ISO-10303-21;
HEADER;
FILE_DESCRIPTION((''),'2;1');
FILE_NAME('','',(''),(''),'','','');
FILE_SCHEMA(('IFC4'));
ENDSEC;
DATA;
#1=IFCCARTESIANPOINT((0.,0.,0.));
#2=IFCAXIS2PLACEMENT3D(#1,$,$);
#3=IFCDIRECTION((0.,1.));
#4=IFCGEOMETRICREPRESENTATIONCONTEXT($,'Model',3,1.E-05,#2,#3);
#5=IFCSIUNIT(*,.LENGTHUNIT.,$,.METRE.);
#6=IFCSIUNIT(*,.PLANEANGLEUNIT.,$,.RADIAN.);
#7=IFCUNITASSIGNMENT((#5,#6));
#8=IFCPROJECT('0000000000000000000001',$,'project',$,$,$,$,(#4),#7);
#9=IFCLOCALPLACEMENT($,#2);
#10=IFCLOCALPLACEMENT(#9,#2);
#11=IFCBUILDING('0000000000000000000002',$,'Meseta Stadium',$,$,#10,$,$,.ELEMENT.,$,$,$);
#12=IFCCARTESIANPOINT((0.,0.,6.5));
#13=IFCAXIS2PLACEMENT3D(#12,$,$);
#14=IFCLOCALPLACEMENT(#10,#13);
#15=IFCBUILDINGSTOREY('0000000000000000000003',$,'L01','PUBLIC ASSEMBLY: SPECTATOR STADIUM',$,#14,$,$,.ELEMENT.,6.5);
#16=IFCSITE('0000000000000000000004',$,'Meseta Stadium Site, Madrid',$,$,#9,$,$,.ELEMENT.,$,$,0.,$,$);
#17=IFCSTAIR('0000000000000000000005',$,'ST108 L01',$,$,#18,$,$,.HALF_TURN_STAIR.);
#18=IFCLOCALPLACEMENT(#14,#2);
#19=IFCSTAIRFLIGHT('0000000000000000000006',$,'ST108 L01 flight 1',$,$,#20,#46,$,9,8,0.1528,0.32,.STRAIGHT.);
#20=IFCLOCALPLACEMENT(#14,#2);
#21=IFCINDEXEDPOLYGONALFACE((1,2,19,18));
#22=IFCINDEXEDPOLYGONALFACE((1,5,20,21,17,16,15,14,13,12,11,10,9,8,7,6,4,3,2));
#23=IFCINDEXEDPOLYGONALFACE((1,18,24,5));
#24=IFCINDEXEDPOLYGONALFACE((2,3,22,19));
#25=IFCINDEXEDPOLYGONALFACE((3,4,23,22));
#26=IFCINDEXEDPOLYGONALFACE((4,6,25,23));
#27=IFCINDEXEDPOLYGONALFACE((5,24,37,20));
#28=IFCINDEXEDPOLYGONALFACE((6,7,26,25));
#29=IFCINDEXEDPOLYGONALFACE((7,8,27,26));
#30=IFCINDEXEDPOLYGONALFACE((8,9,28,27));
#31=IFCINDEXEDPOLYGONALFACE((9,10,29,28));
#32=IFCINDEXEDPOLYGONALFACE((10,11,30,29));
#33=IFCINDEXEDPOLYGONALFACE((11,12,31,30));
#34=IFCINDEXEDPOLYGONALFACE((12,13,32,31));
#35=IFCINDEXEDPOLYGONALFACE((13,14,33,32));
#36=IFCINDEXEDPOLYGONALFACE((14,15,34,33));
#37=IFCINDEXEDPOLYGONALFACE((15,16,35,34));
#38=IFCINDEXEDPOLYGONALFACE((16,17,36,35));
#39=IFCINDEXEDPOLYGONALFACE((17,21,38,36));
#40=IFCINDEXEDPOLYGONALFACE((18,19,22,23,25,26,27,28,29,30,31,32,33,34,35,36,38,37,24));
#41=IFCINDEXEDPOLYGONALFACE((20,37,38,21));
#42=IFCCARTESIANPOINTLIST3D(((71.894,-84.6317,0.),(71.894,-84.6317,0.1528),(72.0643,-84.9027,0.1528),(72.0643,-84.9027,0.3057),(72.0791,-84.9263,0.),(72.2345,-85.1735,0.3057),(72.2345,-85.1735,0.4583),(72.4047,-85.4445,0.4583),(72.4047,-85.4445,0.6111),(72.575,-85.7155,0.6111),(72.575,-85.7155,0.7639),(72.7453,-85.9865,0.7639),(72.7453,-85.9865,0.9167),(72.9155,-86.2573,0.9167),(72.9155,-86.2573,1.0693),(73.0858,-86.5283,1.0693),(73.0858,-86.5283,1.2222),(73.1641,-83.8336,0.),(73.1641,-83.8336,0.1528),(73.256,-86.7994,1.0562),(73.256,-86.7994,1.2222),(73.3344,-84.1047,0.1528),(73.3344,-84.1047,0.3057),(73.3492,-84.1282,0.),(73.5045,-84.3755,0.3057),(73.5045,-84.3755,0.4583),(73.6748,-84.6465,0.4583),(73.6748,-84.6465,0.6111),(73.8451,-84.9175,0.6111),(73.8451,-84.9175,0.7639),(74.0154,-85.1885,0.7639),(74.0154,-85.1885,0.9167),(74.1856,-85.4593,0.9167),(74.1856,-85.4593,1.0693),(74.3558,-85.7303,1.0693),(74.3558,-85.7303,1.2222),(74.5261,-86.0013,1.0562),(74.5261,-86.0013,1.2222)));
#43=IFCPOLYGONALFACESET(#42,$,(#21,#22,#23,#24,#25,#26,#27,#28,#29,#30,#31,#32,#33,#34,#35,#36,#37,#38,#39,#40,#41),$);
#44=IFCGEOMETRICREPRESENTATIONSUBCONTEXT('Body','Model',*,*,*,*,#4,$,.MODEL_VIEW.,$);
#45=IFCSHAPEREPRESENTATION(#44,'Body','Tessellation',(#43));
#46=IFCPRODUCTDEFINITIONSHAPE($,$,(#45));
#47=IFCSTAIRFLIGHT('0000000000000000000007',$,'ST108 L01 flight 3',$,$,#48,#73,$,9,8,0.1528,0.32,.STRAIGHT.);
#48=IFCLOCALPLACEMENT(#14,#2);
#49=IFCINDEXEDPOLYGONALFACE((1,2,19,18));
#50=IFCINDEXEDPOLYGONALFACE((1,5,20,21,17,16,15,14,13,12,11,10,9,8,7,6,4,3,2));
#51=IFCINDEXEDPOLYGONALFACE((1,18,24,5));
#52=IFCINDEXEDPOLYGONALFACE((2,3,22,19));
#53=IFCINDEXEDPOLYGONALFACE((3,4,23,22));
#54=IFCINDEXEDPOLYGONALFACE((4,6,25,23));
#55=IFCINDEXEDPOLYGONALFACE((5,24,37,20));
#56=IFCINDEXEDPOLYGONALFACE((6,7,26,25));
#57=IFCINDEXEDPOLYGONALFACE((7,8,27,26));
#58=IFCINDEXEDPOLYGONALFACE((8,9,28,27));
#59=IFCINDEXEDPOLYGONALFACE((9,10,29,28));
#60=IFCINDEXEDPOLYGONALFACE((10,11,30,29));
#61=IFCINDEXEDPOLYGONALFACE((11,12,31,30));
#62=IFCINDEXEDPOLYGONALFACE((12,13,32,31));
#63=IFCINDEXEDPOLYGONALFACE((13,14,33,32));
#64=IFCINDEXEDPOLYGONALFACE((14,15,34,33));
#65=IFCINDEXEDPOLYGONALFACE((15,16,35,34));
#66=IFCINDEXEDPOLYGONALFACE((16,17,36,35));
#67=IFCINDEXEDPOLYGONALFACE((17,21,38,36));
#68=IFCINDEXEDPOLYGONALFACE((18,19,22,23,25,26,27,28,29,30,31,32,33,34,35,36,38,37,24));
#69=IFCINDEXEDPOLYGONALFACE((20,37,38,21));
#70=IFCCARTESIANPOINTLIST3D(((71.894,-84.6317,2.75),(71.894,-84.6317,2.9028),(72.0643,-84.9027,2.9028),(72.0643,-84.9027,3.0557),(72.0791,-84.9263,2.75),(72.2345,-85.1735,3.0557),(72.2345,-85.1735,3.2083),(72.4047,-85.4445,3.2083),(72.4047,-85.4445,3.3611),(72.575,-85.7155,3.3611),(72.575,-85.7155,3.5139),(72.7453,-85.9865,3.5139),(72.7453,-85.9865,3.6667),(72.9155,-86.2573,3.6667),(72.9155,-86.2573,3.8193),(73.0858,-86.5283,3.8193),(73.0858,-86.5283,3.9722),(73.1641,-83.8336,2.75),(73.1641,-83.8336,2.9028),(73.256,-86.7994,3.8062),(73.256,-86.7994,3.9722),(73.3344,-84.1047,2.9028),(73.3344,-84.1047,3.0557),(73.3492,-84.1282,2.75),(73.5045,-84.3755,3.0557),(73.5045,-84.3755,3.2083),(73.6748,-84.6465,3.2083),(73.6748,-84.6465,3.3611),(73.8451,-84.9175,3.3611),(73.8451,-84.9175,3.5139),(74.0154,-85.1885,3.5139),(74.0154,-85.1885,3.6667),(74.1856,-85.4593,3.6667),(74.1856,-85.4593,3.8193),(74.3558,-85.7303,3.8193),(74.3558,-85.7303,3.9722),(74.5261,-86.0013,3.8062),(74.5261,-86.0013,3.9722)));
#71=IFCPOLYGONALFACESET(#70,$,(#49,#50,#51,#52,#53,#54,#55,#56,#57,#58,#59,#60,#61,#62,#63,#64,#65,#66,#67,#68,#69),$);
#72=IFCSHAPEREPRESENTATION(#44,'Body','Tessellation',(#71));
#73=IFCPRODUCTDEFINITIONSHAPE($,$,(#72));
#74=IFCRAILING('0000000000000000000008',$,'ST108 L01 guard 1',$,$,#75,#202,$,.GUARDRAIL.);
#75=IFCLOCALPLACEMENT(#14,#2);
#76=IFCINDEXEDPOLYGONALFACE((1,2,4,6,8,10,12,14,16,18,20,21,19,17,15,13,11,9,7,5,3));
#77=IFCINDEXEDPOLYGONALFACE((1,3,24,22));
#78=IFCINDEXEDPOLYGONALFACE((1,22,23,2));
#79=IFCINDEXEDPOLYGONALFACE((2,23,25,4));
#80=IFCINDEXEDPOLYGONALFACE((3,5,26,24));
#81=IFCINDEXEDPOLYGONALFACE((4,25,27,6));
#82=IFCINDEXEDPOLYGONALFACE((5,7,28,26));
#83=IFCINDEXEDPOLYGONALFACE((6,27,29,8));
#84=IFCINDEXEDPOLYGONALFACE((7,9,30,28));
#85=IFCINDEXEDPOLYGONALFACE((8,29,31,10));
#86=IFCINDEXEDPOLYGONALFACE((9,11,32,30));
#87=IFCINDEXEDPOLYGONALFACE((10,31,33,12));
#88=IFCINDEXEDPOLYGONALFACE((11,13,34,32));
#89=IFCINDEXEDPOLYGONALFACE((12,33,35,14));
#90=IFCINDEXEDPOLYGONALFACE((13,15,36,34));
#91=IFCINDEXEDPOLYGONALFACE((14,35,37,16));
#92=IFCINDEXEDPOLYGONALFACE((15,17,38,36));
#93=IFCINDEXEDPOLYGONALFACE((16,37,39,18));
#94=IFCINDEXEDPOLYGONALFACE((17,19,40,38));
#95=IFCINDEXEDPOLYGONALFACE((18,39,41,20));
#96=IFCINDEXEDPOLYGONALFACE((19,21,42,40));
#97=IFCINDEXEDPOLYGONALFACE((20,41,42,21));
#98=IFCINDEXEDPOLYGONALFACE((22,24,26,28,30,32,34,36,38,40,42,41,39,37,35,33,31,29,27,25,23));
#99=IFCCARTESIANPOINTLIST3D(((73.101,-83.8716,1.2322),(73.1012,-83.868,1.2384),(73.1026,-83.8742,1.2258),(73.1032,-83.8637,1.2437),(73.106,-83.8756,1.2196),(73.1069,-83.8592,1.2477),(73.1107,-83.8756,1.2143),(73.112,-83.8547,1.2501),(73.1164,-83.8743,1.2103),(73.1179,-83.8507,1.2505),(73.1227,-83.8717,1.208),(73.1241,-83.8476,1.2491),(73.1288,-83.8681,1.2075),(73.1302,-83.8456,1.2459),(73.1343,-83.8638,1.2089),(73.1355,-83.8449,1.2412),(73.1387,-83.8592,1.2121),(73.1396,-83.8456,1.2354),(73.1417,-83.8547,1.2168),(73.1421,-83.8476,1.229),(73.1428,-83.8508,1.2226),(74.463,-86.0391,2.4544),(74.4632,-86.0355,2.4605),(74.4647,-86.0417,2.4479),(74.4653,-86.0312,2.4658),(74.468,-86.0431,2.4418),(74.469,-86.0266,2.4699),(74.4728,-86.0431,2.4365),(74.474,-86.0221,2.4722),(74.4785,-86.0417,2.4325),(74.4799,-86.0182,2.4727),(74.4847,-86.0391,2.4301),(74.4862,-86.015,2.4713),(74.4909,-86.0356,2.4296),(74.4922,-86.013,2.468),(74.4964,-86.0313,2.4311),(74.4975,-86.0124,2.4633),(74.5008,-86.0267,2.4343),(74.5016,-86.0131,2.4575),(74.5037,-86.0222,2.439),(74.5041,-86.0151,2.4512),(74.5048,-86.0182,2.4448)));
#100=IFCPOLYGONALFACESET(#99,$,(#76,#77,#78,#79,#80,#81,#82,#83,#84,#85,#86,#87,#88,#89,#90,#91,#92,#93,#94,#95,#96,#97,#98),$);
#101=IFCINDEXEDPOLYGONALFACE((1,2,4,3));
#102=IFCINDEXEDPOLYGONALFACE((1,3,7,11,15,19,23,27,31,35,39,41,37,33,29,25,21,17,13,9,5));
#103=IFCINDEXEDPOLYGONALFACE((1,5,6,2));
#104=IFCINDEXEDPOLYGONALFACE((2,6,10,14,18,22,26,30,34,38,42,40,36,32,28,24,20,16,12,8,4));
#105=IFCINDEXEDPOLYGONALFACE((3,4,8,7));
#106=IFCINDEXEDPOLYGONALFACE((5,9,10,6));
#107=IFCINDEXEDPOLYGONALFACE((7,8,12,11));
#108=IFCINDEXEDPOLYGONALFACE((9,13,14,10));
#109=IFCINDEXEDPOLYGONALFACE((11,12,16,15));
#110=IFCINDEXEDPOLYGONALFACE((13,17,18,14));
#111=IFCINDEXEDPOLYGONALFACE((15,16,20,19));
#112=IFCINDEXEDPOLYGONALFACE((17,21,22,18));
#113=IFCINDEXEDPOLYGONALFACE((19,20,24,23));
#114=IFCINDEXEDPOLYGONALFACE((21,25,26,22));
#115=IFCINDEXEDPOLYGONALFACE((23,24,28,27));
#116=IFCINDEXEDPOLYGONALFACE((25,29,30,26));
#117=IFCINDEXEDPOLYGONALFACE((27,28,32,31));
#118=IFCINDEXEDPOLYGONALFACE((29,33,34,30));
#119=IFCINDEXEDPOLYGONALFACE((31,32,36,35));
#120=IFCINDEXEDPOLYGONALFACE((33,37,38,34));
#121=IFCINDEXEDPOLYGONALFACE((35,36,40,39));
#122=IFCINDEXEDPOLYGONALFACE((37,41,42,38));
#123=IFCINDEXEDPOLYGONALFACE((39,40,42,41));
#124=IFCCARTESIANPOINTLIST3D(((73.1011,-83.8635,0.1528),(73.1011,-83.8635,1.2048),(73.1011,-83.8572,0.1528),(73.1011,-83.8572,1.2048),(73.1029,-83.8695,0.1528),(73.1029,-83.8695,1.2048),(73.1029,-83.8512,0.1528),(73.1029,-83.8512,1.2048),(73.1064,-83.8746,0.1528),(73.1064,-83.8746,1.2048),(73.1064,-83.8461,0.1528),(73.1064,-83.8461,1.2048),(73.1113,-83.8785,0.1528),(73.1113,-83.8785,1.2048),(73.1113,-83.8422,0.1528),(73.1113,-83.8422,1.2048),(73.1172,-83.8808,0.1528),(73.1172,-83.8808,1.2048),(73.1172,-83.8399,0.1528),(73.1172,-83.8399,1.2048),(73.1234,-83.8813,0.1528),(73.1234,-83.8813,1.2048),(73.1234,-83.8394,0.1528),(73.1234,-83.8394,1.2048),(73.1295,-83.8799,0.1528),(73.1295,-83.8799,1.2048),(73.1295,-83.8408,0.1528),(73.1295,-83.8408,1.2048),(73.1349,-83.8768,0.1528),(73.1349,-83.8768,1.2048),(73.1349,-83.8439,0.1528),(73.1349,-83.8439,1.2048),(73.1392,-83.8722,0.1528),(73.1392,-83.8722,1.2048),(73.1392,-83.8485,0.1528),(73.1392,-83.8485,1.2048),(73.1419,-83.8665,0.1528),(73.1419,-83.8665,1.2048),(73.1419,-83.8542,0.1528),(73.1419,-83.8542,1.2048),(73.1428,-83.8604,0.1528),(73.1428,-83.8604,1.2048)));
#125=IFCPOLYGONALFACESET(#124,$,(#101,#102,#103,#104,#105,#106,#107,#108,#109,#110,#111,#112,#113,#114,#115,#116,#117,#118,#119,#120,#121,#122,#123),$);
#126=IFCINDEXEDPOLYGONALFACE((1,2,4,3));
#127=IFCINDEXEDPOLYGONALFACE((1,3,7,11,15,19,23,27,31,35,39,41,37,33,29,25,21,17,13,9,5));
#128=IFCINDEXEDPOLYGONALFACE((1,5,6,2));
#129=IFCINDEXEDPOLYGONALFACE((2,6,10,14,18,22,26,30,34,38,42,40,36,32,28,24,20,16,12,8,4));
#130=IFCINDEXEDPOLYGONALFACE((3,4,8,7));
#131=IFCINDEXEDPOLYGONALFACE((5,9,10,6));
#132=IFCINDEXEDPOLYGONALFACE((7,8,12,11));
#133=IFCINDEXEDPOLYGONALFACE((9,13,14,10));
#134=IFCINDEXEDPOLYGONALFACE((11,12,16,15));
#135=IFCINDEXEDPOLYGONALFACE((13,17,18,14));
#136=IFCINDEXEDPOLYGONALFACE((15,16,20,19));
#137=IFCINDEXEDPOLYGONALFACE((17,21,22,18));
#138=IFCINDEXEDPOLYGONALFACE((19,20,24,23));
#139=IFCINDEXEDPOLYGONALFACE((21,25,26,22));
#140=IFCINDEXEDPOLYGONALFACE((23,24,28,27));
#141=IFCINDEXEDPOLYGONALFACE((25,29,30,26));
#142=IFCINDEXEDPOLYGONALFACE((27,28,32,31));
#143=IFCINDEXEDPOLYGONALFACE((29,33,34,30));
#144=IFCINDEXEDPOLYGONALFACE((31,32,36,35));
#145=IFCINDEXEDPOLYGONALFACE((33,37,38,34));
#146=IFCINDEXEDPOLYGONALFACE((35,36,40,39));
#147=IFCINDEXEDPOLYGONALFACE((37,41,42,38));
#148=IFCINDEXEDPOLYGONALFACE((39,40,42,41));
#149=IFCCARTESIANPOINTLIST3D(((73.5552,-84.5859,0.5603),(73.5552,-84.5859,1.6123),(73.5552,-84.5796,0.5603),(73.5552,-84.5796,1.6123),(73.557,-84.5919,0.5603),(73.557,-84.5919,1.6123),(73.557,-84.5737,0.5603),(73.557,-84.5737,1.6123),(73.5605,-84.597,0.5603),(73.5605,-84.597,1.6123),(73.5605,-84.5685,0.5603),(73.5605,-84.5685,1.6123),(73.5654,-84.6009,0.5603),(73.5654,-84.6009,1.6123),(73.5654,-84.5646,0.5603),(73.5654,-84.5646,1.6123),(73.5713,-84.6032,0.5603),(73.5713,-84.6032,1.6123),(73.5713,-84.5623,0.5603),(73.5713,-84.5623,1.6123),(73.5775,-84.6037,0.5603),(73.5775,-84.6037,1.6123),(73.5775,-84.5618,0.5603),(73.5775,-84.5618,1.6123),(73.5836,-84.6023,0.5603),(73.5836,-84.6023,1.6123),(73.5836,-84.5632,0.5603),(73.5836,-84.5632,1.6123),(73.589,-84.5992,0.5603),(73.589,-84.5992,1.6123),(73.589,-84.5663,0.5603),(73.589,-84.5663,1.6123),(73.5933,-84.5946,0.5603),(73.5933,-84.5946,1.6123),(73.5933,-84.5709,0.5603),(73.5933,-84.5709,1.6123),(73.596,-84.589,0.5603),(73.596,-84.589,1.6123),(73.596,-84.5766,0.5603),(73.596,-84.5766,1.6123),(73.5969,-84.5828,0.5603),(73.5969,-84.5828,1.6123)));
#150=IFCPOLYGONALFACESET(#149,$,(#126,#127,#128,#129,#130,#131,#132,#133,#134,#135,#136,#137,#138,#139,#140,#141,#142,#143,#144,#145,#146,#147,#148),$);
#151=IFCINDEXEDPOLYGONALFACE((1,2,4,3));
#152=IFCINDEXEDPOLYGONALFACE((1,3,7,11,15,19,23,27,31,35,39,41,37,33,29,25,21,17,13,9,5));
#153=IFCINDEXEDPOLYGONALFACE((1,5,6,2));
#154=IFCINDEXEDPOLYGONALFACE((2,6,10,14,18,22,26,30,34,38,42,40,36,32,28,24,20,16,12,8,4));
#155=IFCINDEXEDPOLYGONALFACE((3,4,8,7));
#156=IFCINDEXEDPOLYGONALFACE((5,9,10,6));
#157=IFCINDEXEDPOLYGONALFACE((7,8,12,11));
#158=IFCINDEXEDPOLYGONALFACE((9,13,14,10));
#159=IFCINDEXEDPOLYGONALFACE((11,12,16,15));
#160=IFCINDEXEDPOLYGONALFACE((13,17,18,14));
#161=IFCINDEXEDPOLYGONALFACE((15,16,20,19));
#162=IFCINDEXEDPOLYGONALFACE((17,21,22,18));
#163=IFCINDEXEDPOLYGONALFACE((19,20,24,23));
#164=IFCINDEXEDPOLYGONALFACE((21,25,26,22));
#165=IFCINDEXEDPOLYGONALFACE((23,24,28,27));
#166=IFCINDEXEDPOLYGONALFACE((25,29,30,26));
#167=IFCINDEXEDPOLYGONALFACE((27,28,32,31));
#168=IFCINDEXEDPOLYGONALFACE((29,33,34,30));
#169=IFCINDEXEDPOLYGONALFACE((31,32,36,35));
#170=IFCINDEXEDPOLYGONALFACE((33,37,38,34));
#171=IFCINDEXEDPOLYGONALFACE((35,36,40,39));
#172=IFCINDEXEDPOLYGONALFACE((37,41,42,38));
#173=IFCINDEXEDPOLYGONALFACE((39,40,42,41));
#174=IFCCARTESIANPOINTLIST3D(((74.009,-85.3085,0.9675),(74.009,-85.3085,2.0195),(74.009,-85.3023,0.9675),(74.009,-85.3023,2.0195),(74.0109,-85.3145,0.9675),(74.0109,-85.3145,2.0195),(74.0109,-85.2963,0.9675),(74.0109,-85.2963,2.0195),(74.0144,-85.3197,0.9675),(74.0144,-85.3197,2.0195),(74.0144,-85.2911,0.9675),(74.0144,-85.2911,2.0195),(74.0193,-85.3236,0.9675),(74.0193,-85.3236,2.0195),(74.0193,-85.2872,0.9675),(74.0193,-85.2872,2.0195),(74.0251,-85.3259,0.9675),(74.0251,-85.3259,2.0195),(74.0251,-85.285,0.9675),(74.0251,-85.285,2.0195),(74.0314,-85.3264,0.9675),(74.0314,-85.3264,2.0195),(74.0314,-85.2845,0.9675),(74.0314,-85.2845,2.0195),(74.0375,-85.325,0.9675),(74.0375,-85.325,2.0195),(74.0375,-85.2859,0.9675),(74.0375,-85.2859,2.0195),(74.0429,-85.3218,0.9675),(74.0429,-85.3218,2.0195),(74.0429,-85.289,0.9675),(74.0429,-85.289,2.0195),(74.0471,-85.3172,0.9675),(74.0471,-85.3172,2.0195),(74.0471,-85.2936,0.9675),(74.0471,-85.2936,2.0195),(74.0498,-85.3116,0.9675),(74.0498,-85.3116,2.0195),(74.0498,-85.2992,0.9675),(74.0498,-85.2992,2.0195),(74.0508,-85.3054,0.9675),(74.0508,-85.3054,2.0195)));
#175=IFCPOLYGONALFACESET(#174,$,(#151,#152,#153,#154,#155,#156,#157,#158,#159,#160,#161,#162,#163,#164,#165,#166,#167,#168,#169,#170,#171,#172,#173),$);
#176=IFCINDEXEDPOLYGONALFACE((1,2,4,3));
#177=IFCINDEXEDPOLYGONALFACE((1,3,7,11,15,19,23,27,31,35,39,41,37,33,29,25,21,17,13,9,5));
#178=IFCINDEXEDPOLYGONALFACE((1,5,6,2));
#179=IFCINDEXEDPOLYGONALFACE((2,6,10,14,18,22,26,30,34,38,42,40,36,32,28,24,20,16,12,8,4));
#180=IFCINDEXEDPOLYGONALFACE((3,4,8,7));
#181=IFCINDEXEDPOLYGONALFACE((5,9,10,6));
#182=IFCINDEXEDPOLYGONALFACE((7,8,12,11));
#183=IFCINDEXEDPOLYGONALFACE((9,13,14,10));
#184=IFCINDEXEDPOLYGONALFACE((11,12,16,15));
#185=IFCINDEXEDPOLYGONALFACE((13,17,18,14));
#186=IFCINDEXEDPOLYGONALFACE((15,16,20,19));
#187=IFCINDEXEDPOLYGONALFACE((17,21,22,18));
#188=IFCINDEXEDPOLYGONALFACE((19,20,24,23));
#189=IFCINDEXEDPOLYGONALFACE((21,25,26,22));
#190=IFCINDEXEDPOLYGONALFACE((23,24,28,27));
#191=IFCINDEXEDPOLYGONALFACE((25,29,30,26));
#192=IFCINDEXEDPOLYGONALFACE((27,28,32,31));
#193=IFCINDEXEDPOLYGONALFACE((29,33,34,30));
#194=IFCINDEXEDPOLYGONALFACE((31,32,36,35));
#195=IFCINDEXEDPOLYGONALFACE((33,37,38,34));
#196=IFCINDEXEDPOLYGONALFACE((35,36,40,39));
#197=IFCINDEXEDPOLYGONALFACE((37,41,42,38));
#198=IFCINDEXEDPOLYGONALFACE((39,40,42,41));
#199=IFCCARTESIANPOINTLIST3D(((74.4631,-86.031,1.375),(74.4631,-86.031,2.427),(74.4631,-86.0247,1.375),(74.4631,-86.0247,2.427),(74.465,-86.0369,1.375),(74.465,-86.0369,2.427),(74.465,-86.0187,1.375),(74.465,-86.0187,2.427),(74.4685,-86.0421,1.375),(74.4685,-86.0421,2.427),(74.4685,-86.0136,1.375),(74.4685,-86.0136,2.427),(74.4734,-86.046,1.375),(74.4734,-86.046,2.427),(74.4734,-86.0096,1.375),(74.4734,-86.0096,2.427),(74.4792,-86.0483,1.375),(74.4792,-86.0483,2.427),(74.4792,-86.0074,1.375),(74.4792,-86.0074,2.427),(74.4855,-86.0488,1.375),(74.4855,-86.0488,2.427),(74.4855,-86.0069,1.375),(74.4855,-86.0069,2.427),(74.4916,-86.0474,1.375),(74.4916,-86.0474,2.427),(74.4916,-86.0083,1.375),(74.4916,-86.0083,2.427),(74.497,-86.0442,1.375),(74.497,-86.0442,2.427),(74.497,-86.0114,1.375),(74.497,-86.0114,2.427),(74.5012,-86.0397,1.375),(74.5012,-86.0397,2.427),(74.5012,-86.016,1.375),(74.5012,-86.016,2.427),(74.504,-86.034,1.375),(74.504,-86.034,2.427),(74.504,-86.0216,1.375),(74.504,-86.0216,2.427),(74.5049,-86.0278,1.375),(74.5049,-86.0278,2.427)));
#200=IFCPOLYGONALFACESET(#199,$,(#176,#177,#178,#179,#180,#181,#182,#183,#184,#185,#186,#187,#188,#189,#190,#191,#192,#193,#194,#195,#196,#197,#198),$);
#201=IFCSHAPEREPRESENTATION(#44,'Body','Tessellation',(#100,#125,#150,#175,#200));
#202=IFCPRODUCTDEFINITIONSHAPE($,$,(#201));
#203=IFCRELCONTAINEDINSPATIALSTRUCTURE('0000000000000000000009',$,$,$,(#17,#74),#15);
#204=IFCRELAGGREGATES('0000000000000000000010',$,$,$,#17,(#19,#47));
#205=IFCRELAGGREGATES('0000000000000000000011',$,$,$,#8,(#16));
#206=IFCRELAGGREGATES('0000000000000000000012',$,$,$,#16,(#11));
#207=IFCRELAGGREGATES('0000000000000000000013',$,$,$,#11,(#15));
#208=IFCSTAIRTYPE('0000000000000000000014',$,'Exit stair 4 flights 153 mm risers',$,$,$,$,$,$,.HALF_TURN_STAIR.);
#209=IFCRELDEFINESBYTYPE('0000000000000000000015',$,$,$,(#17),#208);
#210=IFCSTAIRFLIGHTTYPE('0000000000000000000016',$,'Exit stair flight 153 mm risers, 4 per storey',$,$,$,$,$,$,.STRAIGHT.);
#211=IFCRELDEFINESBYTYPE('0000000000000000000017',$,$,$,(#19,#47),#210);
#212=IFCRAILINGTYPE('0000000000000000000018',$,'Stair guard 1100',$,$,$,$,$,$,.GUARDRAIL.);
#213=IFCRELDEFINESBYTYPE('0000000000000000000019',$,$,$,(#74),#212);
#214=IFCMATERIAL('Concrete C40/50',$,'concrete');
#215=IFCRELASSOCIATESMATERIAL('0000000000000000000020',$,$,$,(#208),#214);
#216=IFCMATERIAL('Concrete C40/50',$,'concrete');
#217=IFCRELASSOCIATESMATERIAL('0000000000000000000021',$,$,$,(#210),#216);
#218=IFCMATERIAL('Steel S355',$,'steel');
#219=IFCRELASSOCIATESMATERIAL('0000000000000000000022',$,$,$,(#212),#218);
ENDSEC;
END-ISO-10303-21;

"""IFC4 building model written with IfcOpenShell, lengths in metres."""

from ifc_helpers import new_model, si_unit, direction, frame, origin, origin_2d, place, context, subcontext, project, spatial, polyline, circle, outline, extrude, material, type_object, element, aggregate, save


model = new_model("IFC4")

# Units and contexts
model_context = context("Model", 3, precision=1e-05, world=origin(), true_north=direction((0.0, 1.0)))
body_context = subcontext(model_context, "Body", "Model", "MODEL_VIEW")
ifc_project = project(units=[si_unit("LENGTHUNIT", "METRE"), si_unit("PLANEANGLEUNIT", "RADIAN")], contexts=[model_context])

# Site, building, storey
site_placement = place(None, origin())
site = spatial("IfcSite", under=ifc_project, at=site_placement, Name="Meseta Stadium Site, Madrid", CompositionType="ELEMENT", RefElevation=0.0)
building_placement = place(site_placement, origin())
building = spatial("IfcBuilding", under=site, at=building_placement, Name="Meseta Stadium", CompositionType="ELEMENT")
storey_placement = place(building_placement, frame((0.0, 0.0, 6.5)))
storey = spatial("IfcBuildingStorey", under=building, at=storey_placement, Name="L01", Description="PUBLIC ASSEMBLY: SPECTATOR STADIUM", CompositionType="ELEMENT", Elevation=6.5)

# Stair, stair flights
ifc_material_1 = material(Name="Concrete C40/50", Category="concrete")
stair_type = type_object("IfcStairType", Name="Exit stair 4 flights 153 mm risers", PredefinedType="HALF_TURN_STAIR", material=ifc_material_1)
stair_placement = place(storey_placement, origin())
stair = element("IfcStair", 1, at=stair_placement, inside=storey, type_object=stair_type, Name="ST108 L01", PredefinedType="HALF_TURN_STAIR")
ifc_material_2 = material(Name="Concrete C40/50", Category="concrete")
stair_flight_type = type_object("IfcStairFlightType", Name="Exit stair flight 153 mm risers, 4 per storey", PredefinedType="STRAIGHT", material=ifc_material_2)
stair_flight_1_placement = place(storey_placement, frame((72.5291, -84.2327, 0.0), z_axis=(0.0, 0.0, 1.0), x_axis=(0.532032, -0.846724, 0.0)))
stair_flight_1 = element("IfcStairFlight", 2, at=stair_flight_1_placement, type_object=stair_flight_type, Name="ST108 L01 flight 1", NumberOfRisers=9, NumberOfTreads=8, PredefinedType="STRAIGHT", RiserHeight=0.1528, TreadLength=0.32, context=body_context, shape_type="SweptSolid", body=[
    extrude(outline(polyline([(0.0, 0.0), (0.0, 0.1528), (0.3201, 0.1528), (0.3201, 0.3057), (0.6399, 0.3057), (0.6399, 0.4583), (0.96, 0.4583), (0.96, 0.6111), (1.28, 0.6111), (1.28, 0.7639), (1.6001, 0.7639), (1.6001, 0.9167), (1.9199, 0.9167), (1.9199, 1.0693), (2.24, 1.0693), (2.24, 1.2222), (2.5601, 1.2222), (2.5601, 1.0562), (0.3479, 0.0), (0.0, 0.0)])), frame((0.0, 0.75, 0.0), z_axis=(0.0, -1.0, 0.0), x_axis=(1.0, 0.0, 0.0)), (0.0, 0.0, 1.0), 1.5),
])
stair_flight_2_placement = place(storey_placement, frame((72.5291, -84.2327, 2.75), z_axis=(0.0, 0.0, 1.0), x_axis=(0.532032, -0.846724, 0.0)))
stair_flight_2 = element("IfcStairFlight", 3, at=stair_flight_2_placement, type_object=stair_flight_type, Name="ST108 L01 flight 3", NumberOfRisers=9, NumberOfTreads=8, PredefinedType="STRAIGHT", RiserHeight=0.1528, TreadLength=0.32, context=body_context, shape_type="SweptSolid", body=[
    extrude(outline(polyline([(0.0, 0.0), (0.0, 0.1528), (0.3201, 0.1528), (0.3201, 0.3057), (0.6399, 0.3057), (0.6399, 0.4583), (0.96, 0.4583), (0.96, 0.6111), (1.28, 0.6111), (1.28, 0.7639), (1.6001, 0.7639), (1.6001, 0.9167), (1.9199, 0.9167), (1.9199, 1.0693), (2.24, 1.0693), (2.24, 1.2222), (2.5601, 1.2222), (2.5601, 1.0562), (0.3479, 0.0), (0.0, 0.0)])), frame((0.0, 0.75, 0.0), z_axis=(0.0, -1.0, 0.0), x_axis=(1.0, 0.0, 0.0)), (0.0, 0.0, 1.0), 1.5),
])
aggregate(stair, [stair_flight_1, stair_flight_2])

# Railing
ifc_material_3 = material(Name="Steel S355", Category="steel")
railing_type_1 = type_object("IfcRailingType", Name="Stair guard 1100", PredefinedType="GUARDRAIL", material=ifc_material_3)
railing_1_placement = place(storey_placement, frame((73.1218, -83.8604, 0.1528)))
element("IfcRailing", 4, at=railing_1_placement, inside=storey, type_object=railing_type_1, Name="ST108 L01 guard 1", PredefinedType="GUARDRAIL", context=body_context, shape_type="SweptSolid", body=[
    extrude(circle(Radius=0.0239, at=origin_2d()), frame((0.0, 0.0, 1.0762), z_axis=(0.480156, -0.764085, 0.430841), x_axis=(0.846699, 0.532072, 0.0)), (0.0, 0.0, 1.0), 2.8367),
    extrude(circle(Radius=0.021, at=origin_2d()), origin(), (0.0, 0.0, 1.0), 1.052),
    extrude(circle(Radius=0.021, at=origin_2d()), frame((0.4541, -0.7224, 0.4075)), (0.0, 0.0, 1.0), 1.052),
    extrude(circle(Radius=0.021, at=origin_2d()), frame((0.908, -1.4451, 0.8147)), (0.0, 0.0, 1.0), 1.052),
    extrude(circle(Radius=0.021, at=origin_2d()), frame((1.3621, -2.1675, 1.2222)), (0.0, 0.0, 1.0), 1.052),
])

save(model, "model.ifc")
